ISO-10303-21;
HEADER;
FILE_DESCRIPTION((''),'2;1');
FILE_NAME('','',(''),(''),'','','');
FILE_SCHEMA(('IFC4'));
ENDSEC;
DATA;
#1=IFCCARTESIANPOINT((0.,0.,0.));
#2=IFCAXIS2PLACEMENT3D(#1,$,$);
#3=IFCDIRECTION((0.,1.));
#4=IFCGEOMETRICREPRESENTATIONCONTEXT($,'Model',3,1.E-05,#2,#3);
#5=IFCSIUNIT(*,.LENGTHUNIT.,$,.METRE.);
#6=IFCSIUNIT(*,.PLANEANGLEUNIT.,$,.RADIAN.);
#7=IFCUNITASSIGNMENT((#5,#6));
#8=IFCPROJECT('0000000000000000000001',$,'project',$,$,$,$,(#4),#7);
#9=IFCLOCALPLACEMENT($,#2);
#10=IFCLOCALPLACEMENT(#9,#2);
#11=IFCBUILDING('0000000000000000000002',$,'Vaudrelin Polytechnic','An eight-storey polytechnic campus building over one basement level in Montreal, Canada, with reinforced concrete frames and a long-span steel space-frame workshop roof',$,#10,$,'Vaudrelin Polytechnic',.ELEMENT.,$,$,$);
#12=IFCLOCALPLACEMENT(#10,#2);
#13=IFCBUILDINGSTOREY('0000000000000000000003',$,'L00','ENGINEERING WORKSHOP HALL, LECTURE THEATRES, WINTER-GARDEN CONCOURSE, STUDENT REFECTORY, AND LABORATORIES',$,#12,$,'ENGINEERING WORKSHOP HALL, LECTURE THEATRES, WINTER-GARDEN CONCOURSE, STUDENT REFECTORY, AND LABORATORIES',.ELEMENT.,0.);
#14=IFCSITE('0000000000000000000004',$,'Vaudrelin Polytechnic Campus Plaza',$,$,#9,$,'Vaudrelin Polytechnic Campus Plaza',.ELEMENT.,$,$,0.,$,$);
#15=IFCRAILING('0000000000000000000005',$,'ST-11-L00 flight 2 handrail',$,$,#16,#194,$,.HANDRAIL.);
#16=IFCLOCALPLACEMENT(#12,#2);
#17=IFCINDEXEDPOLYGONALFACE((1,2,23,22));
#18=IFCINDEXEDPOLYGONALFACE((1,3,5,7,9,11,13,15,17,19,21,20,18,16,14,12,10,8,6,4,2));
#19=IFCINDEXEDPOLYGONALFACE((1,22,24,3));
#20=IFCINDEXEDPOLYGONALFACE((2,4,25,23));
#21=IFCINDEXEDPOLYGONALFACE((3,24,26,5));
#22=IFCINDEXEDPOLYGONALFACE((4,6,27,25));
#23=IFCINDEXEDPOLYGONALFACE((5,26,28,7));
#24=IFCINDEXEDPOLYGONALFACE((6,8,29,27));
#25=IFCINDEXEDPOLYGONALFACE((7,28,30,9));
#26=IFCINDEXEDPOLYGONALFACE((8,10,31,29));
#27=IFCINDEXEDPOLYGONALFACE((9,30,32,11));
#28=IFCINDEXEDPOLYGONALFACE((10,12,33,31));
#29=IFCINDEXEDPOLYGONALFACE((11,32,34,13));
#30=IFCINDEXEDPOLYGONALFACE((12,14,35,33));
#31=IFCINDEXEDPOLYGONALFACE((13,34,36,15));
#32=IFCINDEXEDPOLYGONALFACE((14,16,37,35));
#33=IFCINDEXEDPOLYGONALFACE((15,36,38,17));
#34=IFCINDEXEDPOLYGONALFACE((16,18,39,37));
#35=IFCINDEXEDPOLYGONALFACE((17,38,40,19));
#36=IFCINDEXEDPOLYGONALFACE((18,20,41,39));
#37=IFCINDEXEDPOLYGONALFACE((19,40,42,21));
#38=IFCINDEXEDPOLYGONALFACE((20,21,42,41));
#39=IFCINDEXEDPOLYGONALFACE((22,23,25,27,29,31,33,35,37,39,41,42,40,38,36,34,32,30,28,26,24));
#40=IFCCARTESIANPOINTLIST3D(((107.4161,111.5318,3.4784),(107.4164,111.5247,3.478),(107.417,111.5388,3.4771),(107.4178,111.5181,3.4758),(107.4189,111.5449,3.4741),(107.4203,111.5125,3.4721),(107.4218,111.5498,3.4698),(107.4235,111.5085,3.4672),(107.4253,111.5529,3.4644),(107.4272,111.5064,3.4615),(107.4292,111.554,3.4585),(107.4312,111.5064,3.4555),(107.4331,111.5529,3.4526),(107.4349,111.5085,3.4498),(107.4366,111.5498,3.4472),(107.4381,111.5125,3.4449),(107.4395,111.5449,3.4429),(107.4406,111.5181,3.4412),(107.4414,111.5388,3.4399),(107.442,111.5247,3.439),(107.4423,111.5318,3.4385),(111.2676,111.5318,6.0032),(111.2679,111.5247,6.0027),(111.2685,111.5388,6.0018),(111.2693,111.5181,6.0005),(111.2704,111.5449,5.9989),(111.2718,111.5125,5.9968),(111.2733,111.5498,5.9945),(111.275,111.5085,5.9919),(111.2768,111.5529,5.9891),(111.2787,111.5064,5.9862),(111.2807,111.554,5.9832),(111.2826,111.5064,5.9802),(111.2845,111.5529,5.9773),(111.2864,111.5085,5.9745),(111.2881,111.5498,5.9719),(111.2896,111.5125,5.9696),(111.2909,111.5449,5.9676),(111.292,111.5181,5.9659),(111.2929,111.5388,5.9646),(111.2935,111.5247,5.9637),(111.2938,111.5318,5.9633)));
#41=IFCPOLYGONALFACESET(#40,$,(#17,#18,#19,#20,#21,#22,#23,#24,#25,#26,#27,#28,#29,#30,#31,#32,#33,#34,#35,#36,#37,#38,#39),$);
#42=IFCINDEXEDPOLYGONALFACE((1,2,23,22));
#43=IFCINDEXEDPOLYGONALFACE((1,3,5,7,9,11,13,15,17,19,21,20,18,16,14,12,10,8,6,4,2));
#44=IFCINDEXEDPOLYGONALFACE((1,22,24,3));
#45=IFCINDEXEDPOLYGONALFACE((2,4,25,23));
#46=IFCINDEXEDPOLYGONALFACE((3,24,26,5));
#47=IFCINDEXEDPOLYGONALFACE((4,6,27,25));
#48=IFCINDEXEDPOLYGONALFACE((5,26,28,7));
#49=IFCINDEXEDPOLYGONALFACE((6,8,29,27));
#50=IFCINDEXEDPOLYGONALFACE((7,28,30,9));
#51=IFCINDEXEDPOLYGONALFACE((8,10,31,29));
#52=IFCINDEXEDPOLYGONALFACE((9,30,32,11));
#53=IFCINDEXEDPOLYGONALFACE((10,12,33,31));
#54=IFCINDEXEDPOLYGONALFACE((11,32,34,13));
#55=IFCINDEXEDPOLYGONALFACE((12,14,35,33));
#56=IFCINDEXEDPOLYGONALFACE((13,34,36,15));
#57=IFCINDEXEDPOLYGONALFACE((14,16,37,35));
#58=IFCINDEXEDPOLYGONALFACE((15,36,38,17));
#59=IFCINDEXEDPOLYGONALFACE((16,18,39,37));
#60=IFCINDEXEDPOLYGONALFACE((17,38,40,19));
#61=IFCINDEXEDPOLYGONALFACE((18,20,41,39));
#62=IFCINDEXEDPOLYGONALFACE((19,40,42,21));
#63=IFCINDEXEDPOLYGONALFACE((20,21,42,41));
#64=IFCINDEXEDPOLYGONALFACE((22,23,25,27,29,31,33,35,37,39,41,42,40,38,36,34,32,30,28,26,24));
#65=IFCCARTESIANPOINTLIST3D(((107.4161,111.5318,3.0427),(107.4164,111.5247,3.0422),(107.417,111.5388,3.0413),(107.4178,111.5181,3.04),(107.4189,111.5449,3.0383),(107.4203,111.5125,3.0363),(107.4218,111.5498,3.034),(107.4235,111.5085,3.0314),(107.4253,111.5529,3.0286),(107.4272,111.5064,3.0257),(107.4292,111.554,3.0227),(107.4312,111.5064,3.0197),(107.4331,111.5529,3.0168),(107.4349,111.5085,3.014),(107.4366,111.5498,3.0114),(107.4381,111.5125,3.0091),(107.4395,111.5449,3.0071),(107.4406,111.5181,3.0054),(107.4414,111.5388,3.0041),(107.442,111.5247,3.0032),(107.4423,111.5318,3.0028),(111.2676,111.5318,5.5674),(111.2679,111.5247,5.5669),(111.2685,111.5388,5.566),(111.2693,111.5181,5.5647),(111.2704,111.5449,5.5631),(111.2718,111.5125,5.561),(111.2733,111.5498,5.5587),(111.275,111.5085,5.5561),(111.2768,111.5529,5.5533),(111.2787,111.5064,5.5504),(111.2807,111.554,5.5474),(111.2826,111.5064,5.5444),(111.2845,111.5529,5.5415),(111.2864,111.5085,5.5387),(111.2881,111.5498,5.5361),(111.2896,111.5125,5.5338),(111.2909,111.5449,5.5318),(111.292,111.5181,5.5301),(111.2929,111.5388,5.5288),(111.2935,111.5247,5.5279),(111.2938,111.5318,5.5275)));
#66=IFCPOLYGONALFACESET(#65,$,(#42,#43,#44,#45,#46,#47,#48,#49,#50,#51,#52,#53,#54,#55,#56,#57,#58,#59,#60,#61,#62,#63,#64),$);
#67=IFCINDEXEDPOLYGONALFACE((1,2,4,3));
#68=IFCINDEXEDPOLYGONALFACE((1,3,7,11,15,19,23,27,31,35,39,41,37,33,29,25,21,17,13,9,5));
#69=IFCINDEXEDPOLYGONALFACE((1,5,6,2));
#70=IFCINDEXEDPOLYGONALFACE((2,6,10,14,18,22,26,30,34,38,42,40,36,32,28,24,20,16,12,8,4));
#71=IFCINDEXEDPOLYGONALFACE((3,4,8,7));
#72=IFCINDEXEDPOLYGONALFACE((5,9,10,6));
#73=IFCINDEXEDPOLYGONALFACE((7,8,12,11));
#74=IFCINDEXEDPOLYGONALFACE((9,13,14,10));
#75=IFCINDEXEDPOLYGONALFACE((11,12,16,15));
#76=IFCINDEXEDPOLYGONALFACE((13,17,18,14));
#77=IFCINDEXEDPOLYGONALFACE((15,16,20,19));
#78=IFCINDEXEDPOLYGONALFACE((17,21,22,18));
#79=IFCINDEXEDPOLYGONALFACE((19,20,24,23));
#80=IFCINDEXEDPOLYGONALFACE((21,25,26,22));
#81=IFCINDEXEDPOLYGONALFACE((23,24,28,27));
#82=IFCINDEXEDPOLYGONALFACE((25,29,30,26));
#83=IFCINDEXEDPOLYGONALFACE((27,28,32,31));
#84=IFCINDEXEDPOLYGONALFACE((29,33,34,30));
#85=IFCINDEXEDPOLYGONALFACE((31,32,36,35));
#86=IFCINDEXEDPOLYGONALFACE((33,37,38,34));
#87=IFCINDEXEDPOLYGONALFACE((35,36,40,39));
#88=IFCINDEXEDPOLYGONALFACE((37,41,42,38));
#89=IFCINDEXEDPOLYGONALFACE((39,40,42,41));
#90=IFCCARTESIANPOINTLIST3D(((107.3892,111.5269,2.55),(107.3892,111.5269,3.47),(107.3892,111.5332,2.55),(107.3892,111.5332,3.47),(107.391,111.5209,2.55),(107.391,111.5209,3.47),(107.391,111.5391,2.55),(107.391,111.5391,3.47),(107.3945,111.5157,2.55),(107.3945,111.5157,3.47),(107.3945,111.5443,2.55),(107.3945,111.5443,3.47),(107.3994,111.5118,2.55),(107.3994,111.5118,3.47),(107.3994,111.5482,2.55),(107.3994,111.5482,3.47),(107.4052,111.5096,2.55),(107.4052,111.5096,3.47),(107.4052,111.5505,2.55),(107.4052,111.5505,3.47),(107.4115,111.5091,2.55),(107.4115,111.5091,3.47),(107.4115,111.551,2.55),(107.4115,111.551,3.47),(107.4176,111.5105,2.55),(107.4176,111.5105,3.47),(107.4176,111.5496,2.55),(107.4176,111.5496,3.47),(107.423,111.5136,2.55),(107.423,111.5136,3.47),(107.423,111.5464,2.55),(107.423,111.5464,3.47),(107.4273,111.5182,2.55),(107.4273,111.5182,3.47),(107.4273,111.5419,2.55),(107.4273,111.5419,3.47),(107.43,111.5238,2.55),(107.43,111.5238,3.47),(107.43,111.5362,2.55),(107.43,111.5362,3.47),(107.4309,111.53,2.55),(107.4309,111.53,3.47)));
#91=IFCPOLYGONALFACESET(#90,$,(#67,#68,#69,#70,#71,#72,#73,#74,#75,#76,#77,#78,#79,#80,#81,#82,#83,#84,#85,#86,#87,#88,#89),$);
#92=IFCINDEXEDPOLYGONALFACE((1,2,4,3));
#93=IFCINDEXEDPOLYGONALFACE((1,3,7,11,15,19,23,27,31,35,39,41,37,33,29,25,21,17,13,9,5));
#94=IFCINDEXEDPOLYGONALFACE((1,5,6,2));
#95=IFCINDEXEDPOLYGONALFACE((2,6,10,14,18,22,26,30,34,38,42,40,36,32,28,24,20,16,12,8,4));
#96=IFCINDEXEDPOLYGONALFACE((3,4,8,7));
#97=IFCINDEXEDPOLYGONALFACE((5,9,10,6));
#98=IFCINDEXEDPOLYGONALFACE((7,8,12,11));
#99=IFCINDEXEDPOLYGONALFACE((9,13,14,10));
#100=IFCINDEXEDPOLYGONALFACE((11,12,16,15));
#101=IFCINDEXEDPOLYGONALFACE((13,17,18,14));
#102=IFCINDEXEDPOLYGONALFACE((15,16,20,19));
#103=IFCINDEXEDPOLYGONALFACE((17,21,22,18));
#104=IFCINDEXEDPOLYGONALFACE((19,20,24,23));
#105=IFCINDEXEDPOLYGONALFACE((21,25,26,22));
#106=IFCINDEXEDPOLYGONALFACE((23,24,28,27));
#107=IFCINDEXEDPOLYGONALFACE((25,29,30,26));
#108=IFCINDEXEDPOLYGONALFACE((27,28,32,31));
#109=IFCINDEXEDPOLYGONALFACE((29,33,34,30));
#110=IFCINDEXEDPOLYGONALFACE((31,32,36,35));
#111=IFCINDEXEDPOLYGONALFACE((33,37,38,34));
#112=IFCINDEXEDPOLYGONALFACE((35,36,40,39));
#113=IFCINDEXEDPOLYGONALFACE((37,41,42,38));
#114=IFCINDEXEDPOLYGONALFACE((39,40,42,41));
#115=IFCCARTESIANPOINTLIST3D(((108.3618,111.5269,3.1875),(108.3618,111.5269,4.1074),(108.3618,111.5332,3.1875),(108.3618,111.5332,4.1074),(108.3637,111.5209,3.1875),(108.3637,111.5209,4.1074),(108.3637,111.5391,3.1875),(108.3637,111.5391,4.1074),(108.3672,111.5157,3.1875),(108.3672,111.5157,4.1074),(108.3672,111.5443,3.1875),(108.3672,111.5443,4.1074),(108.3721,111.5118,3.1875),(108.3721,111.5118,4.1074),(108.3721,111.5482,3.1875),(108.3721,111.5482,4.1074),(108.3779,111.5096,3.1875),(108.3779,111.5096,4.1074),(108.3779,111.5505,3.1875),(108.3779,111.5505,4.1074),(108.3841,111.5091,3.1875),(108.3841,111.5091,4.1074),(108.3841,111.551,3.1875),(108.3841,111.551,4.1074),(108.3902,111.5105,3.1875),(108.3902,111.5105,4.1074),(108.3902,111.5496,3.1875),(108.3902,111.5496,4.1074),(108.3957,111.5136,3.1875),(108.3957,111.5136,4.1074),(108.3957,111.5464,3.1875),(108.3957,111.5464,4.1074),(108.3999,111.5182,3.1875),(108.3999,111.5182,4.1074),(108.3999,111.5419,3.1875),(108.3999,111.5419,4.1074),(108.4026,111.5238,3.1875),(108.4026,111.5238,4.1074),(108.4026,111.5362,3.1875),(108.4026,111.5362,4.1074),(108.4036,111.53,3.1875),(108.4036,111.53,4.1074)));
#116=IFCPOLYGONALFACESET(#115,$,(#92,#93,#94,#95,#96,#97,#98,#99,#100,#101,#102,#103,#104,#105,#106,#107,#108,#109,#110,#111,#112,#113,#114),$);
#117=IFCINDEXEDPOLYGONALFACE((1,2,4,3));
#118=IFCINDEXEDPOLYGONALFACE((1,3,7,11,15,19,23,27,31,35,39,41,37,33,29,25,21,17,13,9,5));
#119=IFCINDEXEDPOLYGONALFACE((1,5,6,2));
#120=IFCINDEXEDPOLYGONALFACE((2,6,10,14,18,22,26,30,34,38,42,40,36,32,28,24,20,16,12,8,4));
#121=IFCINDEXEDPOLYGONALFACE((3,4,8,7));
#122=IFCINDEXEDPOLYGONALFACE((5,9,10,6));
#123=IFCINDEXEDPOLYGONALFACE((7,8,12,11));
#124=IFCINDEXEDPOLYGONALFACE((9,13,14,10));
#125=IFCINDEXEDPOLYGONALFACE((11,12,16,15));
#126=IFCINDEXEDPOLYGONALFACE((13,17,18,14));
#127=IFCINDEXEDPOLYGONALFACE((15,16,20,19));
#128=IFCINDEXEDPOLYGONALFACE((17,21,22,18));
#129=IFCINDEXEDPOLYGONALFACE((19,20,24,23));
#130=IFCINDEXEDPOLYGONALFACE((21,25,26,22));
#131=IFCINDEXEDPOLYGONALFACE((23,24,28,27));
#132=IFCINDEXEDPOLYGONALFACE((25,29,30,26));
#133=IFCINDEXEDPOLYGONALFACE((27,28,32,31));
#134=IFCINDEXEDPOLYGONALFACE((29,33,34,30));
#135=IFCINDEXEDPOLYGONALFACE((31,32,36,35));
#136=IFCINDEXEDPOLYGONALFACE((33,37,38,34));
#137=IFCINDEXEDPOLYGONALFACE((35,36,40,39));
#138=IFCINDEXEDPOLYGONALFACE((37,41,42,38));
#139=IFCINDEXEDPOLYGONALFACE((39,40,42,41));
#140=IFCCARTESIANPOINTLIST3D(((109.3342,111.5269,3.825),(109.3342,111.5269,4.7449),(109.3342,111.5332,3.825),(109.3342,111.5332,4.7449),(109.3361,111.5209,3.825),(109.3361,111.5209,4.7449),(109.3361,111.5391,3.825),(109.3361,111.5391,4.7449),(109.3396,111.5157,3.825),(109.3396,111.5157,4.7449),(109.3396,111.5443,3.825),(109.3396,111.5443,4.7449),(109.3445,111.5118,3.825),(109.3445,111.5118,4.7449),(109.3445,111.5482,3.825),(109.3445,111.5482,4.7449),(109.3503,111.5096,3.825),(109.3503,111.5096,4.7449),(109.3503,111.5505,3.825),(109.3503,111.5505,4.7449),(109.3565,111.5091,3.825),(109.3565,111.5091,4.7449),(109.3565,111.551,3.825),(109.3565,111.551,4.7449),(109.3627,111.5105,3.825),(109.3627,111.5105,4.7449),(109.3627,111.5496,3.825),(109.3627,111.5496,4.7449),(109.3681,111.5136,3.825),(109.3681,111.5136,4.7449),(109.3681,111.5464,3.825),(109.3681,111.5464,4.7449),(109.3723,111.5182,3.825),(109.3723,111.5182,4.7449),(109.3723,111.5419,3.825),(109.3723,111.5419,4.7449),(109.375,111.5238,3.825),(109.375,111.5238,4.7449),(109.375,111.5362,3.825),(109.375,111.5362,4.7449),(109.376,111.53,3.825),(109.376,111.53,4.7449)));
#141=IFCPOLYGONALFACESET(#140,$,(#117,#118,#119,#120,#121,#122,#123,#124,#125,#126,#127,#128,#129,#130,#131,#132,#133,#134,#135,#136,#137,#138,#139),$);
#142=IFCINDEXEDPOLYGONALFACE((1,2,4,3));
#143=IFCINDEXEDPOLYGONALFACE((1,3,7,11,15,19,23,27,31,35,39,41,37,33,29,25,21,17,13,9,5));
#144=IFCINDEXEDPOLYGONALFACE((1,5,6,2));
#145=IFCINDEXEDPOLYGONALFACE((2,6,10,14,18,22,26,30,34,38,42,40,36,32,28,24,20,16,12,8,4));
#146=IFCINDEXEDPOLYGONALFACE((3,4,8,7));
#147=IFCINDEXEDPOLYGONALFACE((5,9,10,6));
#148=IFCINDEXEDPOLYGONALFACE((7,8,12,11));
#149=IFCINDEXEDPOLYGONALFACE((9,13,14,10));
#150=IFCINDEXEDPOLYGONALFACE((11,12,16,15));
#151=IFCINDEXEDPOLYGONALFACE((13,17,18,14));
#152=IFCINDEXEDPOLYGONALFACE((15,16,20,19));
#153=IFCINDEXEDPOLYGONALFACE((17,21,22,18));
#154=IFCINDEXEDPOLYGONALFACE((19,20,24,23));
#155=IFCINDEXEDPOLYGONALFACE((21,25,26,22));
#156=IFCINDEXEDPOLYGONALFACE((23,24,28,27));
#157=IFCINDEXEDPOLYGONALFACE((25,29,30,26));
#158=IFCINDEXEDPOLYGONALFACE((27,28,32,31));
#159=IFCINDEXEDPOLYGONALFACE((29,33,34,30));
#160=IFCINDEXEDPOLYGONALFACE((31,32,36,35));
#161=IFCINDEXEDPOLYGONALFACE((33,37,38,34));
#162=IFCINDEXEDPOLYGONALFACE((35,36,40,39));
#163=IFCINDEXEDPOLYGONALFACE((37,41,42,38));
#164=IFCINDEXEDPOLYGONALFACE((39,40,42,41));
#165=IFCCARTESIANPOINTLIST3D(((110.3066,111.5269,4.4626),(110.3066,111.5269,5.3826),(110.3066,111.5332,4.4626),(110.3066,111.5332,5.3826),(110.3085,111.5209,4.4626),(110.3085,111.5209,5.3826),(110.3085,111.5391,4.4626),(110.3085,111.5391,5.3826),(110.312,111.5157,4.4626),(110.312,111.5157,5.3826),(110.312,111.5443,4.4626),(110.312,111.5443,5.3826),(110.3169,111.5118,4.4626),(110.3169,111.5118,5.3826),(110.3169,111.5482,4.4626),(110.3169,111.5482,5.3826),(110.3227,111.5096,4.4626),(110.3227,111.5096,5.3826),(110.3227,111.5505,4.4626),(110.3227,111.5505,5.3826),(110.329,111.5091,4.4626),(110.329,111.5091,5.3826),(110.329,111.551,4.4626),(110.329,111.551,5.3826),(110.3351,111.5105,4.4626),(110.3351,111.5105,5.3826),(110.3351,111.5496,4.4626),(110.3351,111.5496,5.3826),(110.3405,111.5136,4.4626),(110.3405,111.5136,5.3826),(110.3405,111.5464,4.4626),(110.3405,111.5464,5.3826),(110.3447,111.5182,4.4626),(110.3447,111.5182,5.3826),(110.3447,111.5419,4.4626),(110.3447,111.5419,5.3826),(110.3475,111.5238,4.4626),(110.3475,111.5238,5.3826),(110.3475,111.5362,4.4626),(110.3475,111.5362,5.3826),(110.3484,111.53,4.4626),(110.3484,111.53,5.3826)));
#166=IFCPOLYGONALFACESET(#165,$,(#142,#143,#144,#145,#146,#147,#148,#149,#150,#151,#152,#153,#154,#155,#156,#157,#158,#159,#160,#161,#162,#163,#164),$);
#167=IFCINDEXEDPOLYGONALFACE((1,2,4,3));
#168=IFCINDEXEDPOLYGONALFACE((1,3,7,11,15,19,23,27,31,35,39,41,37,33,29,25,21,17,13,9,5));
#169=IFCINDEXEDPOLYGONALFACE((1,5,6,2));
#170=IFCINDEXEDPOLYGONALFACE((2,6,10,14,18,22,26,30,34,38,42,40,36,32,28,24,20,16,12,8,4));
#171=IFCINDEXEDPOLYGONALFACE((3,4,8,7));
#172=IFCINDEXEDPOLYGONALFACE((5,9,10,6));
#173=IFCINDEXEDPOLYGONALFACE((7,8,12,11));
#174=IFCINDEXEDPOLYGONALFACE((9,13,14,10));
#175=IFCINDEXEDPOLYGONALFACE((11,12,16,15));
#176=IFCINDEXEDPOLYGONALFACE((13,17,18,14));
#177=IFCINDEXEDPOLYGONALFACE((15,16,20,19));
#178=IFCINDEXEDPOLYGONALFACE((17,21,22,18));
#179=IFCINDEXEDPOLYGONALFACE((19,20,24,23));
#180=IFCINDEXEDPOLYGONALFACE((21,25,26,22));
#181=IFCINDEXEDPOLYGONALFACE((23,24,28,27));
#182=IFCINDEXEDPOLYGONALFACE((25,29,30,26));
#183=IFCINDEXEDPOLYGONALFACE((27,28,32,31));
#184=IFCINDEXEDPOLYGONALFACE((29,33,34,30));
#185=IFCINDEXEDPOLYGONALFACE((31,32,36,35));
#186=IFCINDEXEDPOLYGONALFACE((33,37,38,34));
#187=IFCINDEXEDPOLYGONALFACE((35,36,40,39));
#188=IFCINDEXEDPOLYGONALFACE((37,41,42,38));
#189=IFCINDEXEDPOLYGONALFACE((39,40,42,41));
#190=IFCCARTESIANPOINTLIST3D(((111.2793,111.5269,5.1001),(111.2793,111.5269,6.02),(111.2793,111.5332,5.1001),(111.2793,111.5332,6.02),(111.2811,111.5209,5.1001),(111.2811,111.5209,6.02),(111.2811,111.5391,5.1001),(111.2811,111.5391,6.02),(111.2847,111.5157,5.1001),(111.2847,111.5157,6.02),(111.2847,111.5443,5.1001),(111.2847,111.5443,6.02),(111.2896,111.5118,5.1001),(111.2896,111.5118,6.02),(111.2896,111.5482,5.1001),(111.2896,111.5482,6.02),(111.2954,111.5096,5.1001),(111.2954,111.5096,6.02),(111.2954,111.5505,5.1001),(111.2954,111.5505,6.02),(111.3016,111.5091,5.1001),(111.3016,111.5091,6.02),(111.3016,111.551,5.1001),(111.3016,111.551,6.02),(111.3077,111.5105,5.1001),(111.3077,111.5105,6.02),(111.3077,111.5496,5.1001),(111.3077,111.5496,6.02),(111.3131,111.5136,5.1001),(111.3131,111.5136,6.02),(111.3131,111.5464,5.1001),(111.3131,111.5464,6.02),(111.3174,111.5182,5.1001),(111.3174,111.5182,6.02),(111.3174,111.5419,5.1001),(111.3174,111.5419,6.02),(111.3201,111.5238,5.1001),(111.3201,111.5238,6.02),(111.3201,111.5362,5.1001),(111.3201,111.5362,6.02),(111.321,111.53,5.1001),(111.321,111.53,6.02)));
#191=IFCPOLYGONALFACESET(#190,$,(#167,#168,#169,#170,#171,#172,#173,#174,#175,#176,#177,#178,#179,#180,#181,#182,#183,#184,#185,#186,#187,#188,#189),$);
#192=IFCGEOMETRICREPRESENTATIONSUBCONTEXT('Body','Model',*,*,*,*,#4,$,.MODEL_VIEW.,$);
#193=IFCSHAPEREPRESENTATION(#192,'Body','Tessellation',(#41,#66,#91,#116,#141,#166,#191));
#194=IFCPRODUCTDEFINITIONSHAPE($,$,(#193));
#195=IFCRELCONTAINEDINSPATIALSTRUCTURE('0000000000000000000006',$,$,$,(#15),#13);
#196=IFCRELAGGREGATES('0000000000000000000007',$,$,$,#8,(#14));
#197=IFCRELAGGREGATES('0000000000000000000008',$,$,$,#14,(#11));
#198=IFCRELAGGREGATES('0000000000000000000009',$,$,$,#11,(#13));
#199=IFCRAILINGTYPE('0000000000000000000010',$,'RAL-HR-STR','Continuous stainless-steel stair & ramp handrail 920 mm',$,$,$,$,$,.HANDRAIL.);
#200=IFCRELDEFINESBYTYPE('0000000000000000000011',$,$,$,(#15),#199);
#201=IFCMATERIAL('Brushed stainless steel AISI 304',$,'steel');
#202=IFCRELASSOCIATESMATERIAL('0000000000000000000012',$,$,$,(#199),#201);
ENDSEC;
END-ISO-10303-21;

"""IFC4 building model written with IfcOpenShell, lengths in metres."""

from ifc_helpers import new_model, si_unit, direction, frame, origin, origin_2d, place, context, subcontext, project, spatial, circle, extrude, material, type_object, element, save


model = new_model("IFC4")

# Units and contexts
model_context = context("Model", 3, precision=1e-05, world=origin(), true_north=direction((0.0, 1.0)))
body_context = subcontext(model_context, "Body", "Model", "MODEL_VIEW")
ifc_project = project(units=[si_unit("LENGTHUNIT", "METRE"), si_unit("PLANEANGLEUNIT", "RADIAN")], contexts=[model_context])

# Site, building, storey
site_placement = place(None, origin())
site = spatial("IfcSite", under=ifc_project, at=site_placement, Name="Vaudrelin Polytechnic Campus Plaza", LongName="Vaudrelin Polytechnic Campus Plaza", CompositionType="ELEMENT", RefElevation=0.0)
building_placement = place(site_placement, origin())
building = spatial("IfcBuilding", under=site, at=building_placement, Name="Vaudrelin Polytechnic", Description="An eight-storey polytechnic campus building over one basement level in Montreal, Canada, with reinforced concrete frames and a long-span steel space-frame workshop roof", LongName="Vaudrelin Polytechnic", CompositionType="ELEMENT")
storey_placement = place(building_placement, origin())
storey = spatial("IfcBuildingStorey", under=building, at=storey_placement, Name="L00", Description="ENGINEERING WORKSHOP HALL, LECTURE THEATRES, WINTER-GARDEN CONCOURSE, STUDENT REFECTORY, AND LABORATORIES", LongName="ENGINEERING WORKSHOP HALL, LECTURE THEATRES, WINTER-GARDEN CONCOURSE, STUDENT REFECTORY, AND LABORATORIES", CompositionType="ELEMENT", Elevation=0.0)

# Railing
ifc_material_1 = material(Name="Brushed stainless steel AISI 304", Category="steel")
railing_type_1 = type_object("IfcRailingType", Name="RAL-HR-STR", Description="Continuous stainless-steel stair & ramp handrail 920 mm", PredefinedType="HANDRAIL", material=ifc_material_1)
railing_1_placement = place(storey_placement, frame((107.4099, 111.53, 2.55)))
element("IfcRailing", 1, at=railing_1_placement, inside=storey, type_object=railing_type_1, Name="ST-11-L00 flight 2 handrail", PredefinedType="HANDRAIL", context=body_context, shape_type="SweptSolid", body=[
    extrude(circle(Radius=0.0239, at=origin_2d()), frame((0.0193, 0.0, 0.9084), z_axis=(0.836329, 0.0, 0.548228), x_axis=(0.0, 1.0, 0.0)), (0.0, 0.0, 1.0), 4.6052),
    extrude(circle(Radius=0.0239, at=origin_2d()), frame((0.0193, 0.0, 0.4727), z_axis=(0.836329, 0.0, 0.548228), x_axis=(0.0, 1.0, 0.0)), (0.0, 0.0, 1.0), 4.6052),
    extrude(circle(Radius=0.021, at=origin_2d()), origin(), (0.0, 0.0, 1.0), 0.9199),
    extrude(circle(Radius=0.021, at=origin_2d()), frame((0.9727, 0.0, 0.6375)), (0.0, 0.0, 1.0), 0.9199),
    extrude(circle(Radius=0.021, at=origin_2d()), frame((1.9451, 0.0, 1.2749)), (0.0, 0.0, 1.0), 0.9199),
    extrude(circle(Radius=0.021, at=origin_2d()), frame((2.9175, 0.0, 1.9126)), (0.0, 0.0, 1.0), 0.9199),
    extrude(circle(Radius=0.021, at=origin_2d()), frame((3.8901, 0.0, 2.55)), (0.0, 0.0, 1.0), 0.9199),
])

save(model, "model.ifc")
